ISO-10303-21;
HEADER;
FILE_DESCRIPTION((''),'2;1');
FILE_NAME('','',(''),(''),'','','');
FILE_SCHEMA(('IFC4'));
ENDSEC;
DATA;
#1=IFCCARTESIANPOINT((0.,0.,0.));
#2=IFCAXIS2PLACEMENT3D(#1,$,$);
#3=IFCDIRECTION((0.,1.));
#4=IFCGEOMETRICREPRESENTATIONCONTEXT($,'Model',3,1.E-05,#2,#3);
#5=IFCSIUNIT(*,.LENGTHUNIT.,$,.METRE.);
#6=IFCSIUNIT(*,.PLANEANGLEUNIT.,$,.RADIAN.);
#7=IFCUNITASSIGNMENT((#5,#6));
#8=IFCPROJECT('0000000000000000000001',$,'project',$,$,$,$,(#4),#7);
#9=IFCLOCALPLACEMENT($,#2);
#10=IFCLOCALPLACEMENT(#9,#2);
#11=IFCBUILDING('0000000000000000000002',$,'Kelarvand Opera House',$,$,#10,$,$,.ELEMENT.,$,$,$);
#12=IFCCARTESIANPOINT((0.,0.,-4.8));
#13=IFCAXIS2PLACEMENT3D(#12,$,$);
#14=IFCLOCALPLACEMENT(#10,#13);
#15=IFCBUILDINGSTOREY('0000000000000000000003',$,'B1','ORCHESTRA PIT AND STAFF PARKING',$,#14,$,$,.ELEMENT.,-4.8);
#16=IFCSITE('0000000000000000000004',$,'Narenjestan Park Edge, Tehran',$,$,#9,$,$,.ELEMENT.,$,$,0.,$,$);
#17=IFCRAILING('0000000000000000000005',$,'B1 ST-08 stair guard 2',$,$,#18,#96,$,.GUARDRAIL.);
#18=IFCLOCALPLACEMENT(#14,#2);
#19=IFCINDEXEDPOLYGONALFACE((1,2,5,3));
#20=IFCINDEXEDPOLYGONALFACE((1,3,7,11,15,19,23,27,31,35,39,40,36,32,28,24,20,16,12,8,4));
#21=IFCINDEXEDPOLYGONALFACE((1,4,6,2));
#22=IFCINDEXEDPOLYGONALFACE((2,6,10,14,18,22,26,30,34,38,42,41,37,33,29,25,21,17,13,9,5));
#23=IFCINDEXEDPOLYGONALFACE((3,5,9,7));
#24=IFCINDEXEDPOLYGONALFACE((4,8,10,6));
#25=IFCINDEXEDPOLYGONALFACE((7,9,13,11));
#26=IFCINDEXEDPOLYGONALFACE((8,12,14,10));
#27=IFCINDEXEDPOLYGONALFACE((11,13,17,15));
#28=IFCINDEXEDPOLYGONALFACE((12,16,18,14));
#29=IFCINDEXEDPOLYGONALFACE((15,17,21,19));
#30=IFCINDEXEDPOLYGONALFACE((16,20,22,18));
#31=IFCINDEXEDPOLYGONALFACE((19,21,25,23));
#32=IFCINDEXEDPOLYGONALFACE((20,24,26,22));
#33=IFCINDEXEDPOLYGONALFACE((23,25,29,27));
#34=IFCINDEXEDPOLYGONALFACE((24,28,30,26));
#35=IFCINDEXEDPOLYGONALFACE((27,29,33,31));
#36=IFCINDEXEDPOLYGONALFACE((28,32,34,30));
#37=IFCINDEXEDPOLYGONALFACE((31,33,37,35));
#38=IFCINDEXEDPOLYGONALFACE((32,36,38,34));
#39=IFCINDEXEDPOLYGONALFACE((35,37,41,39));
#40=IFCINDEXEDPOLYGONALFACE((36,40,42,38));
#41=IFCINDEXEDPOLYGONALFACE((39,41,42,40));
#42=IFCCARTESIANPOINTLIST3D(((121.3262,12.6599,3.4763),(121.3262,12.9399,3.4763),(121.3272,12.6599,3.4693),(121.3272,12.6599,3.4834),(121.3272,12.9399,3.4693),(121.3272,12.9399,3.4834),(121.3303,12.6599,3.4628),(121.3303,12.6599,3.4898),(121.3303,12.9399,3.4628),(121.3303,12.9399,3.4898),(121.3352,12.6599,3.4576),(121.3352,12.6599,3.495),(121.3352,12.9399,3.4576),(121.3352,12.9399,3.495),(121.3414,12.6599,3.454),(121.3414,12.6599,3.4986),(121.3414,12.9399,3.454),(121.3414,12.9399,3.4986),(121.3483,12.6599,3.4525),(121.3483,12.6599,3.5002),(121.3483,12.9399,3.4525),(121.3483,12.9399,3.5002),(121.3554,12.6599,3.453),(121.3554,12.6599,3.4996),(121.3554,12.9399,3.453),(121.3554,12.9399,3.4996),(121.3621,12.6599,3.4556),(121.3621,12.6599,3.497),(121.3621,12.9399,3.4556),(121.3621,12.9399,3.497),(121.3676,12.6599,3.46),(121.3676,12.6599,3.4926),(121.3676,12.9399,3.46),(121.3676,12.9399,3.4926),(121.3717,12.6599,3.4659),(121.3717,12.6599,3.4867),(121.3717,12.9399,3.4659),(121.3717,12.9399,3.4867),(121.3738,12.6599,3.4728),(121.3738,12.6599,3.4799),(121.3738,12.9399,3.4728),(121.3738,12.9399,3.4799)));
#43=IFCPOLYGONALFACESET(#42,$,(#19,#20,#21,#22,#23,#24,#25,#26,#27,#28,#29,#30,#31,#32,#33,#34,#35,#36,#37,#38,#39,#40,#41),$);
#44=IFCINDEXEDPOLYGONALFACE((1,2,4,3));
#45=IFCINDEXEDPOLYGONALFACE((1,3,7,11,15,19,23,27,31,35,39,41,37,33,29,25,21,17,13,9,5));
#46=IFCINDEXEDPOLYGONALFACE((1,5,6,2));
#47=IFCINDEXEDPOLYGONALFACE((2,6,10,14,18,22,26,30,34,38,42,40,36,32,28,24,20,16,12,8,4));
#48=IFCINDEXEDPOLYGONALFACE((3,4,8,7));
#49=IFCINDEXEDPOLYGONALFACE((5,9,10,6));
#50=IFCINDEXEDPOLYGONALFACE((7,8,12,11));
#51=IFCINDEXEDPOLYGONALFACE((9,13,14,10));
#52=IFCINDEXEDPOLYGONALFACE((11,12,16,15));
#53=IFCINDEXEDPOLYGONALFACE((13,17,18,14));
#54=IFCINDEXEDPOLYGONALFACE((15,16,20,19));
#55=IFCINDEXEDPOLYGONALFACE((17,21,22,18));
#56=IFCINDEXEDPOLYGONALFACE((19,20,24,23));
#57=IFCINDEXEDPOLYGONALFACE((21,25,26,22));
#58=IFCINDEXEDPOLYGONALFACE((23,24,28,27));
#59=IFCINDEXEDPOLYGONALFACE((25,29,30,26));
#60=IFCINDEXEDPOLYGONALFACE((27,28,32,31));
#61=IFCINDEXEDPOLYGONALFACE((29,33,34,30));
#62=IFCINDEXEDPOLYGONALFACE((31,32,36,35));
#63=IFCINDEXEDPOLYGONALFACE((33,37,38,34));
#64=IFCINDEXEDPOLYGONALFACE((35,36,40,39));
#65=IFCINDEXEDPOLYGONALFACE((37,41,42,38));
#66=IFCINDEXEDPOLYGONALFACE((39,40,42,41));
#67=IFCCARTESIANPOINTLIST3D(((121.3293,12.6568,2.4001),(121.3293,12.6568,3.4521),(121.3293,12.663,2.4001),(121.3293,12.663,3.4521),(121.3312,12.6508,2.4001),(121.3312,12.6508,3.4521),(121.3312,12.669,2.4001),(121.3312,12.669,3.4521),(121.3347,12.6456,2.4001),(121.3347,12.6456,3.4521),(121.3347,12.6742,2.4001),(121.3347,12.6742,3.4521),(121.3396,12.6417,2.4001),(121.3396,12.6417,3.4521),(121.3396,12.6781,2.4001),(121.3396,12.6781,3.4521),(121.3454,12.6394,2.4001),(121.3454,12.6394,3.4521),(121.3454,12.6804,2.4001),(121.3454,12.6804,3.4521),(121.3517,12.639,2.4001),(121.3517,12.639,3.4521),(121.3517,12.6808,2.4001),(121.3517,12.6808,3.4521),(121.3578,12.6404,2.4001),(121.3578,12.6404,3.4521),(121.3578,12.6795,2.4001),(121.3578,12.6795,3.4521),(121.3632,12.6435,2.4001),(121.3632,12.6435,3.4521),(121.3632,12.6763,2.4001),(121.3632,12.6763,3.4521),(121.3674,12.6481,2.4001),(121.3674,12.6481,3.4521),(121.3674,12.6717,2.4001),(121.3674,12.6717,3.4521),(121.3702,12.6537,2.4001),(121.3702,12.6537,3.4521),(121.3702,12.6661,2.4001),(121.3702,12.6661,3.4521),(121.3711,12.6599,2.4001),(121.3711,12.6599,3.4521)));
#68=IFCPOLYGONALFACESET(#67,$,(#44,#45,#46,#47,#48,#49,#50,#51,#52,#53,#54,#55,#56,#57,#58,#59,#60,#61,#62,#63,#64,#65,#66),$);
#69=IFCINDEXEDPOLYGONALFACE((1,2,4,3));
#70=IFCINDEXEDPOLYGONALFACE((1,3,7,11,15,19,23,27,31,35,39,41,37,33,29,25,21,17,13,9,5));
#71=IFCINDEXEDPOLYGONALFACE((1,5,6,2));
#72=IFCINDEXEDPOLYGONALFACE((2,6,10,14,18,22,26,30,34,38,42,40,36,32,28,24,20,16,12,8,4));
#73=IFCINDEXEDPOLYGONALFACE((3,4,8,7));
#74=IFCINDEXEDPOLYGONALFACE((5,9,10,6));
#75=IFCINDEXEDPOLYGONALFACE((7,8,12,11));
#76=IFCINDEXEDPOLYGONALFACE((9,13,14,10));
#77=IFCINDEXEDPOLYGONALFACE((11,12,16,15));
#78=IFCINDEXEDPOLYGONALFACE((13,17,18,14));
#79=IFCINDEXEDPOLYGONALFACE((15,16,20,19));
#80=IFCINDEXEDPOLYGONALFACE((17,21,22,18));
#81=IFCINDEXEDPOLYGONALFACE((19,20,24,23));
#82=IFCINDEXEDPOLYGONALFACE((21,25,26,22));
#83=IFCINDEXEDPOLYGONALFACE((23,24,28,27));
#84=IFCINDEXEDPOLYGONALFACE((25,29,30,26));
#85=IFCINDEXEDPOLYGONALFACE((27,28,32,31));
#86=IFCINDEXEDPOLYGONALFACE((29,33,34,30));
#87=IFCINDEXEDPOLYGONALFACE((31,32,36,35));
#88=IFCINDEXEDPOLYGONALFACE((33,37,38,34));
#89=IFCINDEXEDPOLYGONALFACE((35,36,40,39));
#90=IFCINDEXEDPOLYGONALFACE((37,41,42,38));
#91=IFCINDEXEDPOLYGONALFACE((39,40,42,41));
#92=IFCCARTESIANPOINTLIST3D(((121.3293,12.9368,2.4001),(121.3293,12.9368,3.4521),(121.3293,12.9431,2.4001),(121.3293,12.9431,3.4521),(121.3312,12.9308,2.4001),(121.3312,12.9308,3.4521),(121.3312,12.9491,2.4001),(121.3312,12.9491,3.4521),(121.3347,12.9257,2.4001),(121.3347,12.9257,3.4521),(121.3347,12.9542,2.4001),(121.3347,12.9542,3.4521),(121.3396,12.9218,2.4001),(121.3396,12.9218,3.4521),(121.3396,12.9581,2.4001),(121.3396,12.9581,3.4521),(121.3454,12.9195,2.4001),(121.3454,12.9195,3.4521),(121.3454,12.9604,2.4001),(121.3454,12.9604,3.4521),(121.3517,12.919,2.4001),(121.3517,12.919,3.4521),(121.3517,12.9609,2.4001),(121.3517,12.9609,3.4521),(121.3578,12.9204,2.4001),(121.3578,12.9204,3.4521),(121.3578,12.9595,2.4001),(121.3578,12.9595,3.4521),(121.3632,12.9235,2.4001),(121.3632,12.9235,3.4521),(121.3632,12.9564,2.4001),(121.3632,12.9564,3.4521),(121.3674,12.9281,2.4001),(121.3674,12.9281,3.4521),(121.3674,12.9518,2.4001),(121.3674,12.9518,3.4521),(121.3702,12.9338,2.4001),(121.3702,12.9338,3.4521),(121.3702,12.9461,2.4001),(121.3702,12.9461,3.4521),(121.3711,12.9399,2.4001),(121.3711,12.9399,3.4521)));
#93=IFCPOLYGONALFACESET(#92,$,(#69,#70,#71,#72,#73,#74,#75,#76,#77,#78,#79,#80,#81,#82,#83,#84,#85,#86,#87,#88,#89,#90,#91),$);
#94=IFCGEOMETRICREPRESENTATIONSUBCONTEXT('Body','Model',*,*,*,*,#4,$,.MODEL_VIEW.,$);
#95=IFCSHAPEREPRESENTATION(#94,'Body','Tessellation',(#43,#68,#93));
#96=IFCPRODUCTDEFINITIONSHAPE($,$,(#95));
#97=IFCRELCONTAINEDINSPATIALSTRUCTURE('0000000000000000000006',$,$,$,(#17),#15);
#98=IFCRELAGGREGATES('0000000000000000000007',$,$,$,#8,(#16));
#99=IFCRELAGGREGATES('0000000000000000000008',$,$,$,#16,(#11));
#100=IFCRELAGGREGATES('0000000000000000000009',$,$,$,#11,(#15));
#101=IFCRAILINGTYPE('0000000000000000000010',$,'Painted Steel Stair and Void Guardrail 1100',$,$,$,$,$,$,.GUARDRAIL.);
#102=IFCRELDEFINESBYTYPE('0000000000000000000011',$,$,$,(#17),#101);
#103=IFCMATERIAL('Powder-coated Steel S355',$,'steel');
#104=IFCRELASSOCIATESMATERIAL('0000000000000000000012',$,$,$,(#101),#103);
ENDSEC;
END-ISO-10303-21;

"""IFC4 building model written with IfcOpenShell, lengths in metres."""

from ifc_helpers import new_model, si_unit, direction, frame, origin, origin_2d, place, context, subcontext, project, spatial, circle, extrude, material, type_object, element, save


model = new_model("IFC4")

# Units and contexts
model_context = context("Model", 3, precision=1e-05, world=origin(), true_north=direction((0.0, 1.0)))
body_context = subcontext(model_context, "Body", "Model", "MODEL_VIEW")
ifc_project = project(units=[si_unit("LENGTHUNIT", "METRE"), si_unit("PLANEANGLEUNIT", "RADIAN")], contexts=[model_context])

# Site, building, storey
site_placement = place(None, origin())
site = spatial("IfcSite", under=ifc_project, at=site_placement, Name="Narenjestan Park Edge, Tehran", CompositionType="ELEMENT", RefElevation=0.0)
building_placement = place(site_placement, origin())
building = spatial("IfcBuilding", under=site, at=building_placement, Name="Kelarvand Opera House", CompositionType="ELEMENT")
storey_placement = place(building_placement, frame((0.0, 0.0, -4.8)))
storey = spatial("IfcBuildingStorey", under=building, at=storey_placement, Name="B1", Description="ORCHESTRA PIT AND STAFF PARKING", CompositionType="ELEMENT", Elevation=-4.8)

# Railing
ifc_material_1 = material(Name="Powder-coated Steel S355", Category="steel")
railing_type_1 = type_object("IfcRailingType", Name="Painted Steel Stair and Void Guardrail 1100", PredefinedType="GUARDRAIL", material=ifc_material_1)
railing_1_placement = place(storey_placement, frame((121.3501, 12.6599, 2.4001)))
element("IfcRailing", 1, at=railing_1_placement, inside=storey, type_object=railing_type_1, Name="B1 ST-08 stair guard 2", PredefinedType="GUARDRAIL", context=body_context, shape_type="SweptSolid", body=[
    extrude(circle(Radius=0.0239, at=origin_2d()), frame((0.0, 0.0, 1.0762), z_axis=(0.0, 1.0, 0.0), x_axis=(-1.0, 0.0, 0.0)), (0.0, 0.0, 1.0), 0.28),
    extrude(circle(Radius=0.021, at=origin_2d()), origin(), (0.0, 0.0, 1.0), 1.052),
    extrude(circle(Radius=0.021, at=origin_2d()), frame((0.0, 0.28, 0.0)), (0.0, 0.0, 1.0), 1.052),
])

save(model, "model.ifc")
